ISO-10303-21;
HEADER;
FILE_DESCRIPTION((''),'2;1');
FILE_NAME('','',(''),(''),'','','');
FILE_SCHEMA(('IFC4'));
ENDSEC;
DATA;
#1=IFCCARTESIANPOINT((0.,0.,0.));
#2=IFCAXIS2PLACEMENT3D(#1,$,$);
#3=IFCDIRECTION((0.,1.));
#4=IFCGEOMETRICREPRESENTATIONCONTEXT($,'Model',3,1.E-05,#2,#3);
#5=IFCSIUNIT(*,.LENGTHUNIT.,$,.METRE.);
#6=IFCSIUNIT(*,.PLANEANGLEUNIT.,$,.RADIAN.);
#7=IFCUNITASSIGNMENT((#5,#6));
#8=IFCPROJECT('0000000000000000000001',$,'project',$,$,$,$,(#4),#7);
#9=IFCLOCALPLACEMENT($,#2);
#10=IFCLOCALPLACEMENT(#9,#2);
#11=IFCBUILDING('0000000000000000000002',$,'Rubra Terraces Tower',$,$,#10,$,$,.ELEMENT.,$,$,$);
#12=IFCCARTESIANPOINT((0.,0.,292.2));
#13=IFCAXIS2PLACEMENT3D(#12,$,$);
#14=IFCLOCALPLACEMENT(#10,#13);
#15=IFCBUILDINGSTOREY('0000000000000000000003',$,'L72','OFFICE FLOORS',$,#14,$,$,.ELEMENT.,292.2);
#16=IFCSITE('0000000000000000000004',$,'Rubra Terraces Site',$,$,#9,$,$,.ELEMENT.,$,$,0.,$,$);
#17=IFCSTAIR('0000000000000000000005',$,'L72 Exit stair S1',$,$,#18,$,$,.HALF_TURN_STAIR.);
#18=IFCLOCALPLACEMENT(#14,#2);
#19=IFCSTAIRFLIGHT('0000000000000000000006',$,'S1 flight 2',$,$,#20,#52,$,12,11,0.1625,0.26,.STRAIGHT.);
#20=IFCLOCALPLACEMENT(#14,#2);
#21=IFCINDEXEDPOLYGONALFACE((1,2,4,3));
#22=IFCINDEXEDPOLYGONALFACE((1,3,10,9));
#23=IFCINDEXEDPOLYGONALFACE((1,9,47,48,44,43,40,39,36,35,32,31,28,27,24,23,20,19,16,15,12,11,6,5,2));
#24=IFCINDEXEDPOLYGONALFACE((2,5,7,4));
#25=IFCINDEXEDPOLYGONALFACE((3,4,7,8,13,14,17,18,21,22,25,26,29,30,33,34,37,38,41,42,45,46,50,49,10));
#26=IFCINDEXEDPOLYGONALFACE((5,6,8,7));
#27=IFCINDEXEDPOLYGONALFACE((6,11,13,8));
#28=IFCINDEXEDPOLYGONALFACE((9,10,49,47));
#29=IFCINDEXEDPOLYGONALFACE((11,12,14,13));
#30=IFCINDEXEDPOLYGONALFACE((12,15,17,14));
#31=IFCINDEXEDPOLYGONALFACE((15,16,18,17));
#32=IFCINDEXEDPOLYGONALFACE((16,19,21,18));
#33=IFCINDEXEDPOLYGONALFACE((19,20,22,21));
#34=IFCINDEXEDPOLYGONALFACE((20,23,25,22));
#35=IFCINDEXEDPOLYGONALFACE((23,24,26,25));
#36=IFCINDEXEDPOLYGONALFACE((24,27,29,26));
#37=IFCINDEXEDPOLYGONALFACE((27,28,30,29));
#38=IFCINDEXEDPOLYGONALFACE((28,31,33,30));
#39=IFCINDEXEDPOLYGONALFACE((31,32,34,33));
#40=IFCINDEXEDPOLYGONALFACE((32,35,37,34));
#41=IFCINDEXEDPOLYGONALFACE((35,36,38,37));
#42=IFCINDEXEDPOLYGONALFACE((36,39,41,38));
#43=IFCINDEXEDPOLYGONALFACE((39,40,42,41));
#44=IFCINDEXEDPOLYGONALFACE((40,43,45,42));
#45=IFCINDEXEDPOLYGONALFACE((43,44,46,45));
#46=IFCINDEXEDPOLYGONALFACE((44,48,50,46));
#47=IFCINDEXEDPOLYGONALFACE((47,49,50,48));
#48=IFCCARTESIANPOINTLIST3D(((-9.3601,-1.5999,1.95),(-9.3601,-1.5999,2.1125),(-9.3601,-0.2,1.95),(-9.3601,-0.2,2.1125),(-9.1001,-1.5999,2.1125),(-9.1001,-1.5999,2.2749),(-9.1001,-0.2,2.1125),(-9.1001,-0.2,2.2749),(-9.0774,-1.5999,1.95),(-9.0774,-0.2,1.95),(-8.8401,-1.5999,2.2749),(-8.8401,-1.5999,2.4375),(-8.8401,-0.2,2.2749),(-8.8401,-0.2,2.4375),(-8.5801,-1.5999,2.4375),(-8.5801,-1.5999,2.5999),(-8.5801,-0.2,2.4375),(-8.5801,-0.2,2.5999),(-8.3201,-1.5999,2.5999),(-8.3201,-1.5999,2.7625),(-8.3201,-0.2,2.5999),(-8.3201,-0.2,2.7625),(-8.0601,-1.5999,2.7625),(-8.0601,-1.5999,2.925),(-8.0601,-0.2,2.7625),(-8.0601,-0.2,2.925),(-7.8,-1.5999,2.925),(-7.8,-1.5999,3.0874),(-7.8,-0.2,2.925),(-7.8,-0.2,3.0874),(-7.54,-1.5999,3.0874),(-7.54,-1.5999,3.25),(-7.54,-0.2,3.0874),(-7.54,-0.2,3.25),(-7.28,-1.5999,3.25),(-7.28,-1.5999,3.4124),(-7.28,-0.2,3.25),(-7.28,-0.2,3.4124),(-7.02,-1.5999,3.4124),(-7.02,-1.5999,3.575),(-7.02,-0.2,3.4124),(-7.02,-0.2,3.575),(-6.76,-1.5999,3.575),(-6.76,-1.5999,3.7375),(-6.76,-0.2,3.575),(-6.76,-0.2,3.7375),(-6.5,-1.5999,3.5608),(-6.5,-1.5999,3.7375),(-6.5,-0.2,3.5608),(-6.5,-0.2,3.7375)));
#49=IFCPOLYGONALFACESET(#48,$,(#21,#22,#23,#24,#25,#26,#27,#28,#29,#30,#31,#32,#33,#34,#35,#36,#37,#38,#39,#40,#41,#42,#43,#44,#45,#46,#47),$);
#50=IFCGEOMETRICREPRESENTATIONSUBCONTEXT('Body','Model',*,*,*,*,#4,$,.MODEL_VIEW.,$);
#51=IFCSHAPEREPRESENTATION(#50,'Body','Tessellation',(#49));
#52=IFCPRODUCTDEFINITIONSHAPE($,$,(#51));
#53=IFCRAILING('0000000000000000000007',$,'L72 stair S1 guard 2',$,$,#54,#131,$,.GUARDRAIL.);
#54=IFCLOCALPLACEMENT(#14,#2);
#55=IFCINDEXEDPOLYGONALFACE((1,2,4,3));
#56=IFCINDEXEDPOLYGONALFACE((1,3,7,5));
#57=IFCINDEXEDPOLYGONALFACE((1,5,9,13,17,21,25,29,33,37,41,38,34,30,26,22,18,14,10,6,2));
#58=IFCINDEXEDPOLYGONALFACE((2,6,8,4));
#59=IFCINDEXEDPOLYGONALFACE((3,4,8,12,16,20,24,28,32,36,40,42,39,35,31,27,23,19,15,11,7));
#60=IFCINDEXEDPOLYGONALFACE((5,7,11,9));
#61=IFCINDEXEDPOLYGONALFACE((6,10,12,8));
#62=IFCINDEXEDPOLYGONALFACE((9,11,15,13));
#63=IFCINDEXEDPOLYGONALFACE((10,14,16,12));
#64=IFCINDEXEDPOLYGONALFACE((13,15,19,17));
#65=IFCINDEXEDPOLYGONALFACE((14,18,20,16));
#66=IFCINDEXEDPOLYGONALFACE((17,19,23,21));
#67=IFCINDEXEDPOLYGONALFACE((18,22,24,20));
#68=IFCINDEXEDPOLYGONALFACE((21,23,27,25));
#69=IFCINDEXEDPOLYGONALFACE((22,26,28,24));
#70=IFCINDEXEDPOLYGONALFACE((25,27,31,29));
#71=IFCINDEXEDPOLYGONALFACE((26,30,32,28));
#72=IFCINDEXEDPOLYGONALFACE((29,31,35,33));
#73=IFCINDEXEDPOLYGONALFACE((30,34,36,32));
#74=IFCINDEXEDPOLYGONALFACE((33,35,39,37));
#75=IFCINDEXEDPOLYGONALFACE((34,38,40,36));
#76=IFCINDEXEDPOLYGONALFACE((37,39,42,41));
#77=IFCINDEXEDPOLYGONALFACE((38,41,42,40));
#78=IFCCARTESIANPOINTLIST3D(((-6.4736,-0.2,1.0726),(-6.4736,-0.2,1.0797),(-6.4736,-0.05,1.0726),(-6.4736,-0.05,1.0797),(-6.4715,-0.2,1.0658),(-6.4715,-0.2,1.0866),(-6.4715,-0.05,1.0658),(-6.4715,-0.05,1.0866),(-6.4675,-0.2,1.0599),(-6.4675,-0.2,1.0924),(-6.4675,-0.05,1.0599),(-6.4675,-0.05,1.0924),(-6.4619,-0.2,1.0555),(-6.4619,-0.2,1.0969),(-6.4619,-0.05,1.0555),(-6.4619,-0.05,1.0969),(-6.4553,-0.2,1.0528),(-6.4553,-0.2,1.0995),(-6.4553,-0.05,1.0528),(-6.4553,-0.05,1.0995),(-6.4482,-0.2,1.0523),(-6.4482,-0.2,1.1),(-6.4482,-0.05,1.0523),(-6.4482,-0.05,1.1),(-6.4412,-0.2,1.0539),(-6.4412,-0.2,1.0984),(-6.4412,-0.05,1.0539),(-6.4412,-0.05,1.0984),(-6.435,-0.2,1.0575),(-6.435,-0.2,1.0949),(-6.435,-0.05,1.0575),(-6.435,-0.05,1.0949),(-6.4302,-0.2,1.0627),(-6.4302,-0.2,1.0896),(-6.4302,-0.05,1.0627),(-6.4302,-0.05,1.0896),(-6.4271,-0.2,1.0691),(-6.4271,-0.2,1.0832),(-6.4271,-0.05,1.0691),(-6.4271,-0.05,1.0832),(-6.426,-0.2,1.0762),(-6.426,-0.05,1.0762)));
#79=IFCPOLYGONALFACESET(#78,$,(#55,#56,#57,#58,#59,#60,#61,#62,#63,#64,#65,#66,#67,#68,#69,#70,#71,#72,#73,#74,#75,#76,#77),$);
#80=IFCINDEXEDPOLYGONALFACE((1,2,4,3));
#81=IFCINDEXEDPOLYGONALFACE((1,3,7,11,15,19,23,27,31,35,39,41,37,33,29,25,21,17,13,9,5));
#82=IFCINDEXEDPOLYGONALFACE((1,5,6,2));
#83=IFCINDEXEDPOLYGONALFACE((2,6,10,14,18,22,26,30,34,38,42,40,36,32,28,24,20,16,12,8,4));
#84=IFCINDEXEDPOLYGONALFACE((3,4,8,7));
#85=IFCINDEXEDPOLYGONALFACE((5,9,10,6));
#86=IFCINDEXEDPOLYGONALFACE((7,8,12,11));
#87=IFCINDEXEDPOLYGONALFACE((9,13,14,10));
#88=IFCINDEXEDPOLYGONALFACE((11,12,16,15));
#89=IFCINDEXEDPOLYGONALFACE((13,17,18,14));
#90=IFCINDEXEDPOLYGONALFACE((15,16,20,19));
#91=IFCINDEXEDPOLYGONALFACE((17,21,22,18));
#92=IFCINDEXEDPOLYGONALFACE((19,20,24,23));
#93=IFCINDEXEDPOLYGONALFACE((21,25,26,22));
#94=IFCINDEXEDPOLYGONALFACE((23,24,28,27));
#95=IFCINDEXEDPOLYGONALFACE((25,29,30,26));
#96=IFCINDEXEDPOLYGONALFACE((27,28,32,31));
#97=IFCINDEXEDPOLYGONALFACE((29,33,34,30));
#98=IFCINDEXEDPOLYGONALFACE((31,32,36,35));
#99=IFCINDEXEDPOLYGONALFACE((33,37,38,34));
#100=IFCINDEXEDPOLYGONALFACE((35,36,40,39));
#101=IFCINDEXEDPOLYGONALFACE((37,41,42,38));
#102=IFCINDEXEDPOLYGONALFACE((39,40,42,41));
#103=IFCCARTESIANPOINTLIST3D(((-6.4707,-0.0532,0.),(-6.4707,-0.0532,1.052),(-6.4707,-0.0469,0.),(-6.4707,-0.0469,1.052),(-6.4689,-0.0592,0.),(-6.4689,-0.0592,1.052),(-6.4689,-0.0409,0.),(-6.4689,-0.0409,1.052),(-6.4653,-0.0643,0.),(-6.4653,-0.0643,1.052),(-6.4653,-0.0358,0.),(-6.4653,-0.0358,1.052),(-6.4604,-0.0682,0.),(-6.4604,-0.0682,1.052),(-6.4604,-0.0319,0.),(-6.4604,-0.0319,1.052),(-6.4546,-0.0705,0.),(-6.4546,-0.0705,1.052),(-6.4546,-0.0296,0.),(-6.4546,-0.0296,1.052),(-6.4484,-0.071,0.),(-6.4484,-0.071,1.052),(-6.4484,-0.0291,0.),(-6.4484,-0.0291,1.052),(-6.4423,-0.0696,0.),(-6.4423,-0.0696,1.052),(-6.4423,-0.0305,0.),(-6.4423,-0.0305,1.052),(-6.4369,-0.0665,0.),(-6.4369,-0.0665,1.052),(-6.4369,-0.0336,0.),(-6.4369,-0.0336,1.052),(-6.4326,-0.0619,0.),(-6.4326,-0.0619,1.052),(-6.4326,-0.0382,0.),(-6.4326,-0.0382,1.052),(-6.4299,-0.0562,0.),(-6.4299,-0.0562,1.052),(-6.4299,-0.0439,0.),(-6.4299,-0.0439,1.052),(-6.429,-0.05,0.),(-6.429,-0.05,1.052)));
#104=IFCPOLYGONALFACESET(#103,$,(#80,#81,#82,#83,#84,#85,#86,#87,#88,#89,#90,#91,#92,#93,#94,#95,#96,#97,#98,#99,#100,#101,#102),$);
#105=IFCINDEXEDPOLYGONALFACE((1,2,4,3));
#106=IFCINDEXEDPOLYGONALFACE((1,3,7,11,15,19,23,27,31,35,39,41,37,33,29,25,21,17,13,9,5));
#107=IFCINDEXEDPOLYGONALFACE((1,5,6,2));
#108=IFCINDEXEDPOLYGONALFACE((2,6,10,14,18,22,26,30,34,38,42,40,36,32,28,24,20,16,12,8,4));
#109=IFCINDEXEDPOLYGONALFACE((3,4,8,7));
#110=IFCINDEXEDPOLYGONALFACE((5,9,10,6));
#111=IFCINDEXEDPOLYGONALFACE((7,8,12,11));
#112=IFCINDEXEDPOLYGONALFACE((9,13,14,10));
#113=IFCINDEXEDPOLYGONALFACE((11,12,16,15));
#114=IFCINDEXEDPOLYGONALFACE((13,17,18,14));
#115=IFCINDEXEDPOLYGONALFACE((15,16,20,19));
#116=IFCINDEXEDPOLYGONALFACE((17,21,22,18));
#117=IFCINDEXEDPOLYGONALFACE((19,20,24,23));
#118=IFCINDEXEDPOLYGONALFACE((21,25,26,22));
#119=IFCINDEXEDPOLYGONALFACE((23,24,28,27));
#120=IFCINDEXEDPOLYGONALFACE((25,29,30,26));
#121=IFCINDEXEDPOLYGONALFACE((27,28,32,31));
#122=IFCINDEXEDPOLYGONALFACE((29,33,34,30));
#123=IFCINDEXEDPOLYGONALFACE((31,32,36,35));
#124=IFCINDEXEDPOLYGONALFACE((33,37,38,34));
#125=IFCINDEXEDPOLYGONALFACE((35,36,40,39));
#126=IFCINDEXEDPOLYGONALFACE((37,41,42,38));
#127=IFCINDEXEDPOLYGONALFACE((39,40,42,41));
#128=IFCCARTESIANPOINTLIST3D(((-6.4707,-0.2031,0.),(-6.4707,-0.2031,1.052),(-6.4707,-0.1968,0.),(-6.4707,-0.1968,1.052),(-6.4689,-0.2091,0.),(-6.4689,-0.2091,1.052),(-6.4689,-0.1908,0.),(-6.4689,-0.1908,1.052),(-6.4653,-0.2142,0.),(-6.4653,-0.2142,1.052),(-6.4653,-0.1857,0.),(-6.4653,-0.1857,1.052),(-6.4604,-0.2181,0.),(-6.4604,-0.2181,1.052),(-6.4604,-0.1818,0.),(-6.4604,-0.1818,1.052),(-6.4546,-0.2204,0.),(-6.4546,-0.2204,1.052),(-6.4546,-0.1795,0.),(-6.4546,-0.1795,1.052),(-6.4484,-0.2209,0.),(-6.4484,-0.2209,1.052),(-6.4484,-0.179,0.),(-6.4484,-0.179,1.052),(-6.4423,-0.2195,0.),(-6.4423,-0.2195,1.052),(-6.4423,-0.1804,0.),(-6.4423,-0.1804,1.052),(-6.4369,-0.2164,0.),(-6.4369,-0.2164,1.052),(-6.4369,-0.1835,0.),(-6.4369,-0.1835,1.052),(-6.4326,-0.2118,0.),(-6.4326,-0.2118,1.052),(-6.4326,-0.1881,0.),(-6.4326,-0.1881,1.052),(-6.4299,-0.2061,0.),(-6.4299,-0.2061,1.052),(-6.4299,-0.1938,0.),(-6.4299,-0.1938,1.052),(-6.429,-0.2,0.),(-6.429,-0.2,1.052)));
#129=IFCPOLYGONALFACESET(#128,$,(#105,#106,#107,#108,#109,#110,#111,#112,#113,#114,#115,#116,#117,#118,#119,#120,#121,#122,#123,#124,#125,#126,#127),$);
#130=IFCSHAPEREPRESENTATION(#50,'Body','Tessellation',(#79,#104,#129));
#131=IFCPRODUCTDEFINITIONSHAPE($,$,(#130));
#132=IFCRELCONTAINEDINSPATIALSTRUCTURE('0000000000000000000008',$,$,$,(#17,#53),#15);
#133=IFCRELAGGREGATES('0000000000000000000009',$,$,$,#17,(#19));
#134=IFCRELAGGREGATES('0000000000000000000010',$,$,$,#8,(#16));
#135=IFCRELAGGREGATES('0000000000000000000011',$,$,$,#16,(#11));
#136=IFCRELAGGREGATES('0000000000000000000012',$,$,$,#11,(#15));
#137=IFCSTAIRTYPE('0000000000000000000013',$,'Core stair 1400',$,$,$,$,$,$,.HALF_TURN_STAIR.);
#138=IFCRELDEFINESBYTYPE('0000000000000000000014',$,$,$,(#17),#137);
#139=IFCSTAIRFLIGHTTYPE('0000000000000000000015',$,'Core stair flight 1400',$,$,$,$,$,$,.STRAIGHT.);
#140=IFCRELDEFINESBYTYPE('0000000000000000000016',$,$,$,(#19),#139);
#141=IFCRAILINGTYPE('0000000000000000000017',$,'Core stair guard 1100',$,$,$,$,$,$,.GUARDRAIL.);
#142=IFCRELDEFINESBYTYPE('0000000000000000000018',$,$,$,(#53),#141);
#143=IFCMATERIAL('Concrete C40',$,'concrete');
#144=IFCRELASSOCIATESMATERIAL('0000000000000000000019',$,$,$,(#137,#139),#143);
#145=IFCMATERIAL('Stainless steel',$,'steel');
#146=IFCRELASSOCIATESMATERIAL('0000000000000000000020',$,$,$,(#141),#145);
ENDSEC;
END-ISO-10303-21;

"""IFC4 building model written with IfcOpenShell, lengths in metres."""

from ifc_helpers import new_model, si_unit, direction, frame, origin, origin_2d, place, context, subcontext, project, spatial, polyline, circle, outline, extrude, material, type_object, element, aggregate, save


model = new_model("IFC4")

# Units and contexts
model_context = context("Model", 3, precision=1e-05, world=origin(), true_north=direction((0.0, 1.0)))
body_context = subcontext(model_context, "Body", "Model", "MODEL_VIEW")
ifc_project = project(units=[si_unit("LENGTHUNIT", "METRE"), si_unit("PLANEANGLEUNIT", "RADIAN")], contexts=[model_context])

# Site, building, storey
site_placement = place(None, origin())
site = spatial("IfcSite", under=ifc_project, at=site_placement, Name="Rubra Terraces Site", CompositionType="ELEMENT", RefElevation=0.0)
building_placement = place(site_placement, origin())
building = spatial("IfcBuilding", under=site, at=building_placement, Name="Rubra Terraces Tower", CompositionType="ELEMENT")
storey_placement = place(building_placement, frame((0.0, 0.0, 292.2)))
storey = spatial("IfcBuildingStorey", under=building, at=storey_placement, Name="L72", Description="OFFICE FLOORS", CompositionType="ELEMENT", Elevation=292.2)

# Shared definitions
ifc_material_1 = material(Name="Concrete C40", Category="concrete")

# Stair
stair_type = type_object("IfcStairType", Name="Core stair 1400", PredefinedType="HALF_TURN_STAIR", material=ifc_material_1)
stair_1_placement = place(storey_placement, origin())
stair_1 = element("IfcStair", 1, at=stair_1_placement, inside=storey, type_object=stair_type, Name="L72 Exit stair S1", PredefinedType="HALF_TURN_STAIR")

# Stair flight
stair_flight_type = type_object("IfcStairFlightType", Name="Core stair flight 1400", PredefinedType="STRAIGHT", material=ifc_material_1)
stair_flight_placement = place(storey_placement, frame((-9.3601, -0.8999, 1.95), z_axis=(0.0, 0.0, 1.0), x_axis=(1.0, 0.0, 0.0)))
stair_flight = element("IfcStairFlight", 2, at=stair_flight_placement, type_object=stair_flight_type, Name="S1 flight 2", NumberOfRisers=12, NumberOfTreads=11, PredefinedType="STRAIGHT", RiserHeight=0.1625, TreadLength=0.26, context=body_context, shape_type="SweptSolid", body=[
    extrude(outline(polyline([(0.0, 0.0), (0.0, 0.1626), (0.26, 0.1626), (0.26, 0.325), (0.52, 0.325), (0.52, 0.4875), (0.78, 0.4875), (0.78, 0.6499), (1.04, 0.6499), (1.04, 0.8125), (1.3, 0.8125), (1.3, 0.9751), (1.5601, 0.9751), (1.5601, 1.1375), (1.8201, 1.1375), (1.8201, 1.3), (2.0801, 1.3), (2.0801, 1.4624), (2.3401, 1.4624), (2.3401, 1.625), (2.6001, 1.625), (2.6001, 1.7876), (2.8601, 1.7876), (2.8601, 1.95), (2.8601, 1.6108), (0.2827, 0.0), (0.0, 0.0)])), frame((0.0, 0.7, 0.0), z_axis=(0.0, -1.0, 0.0), x_axis=(1.0, 0.0, 0.0)), (0.0, 0.0, 1.0), 1.3999),
])
aggregate(stair_1, [stair_flight])

# Railing
ifc_material_2 = material(Name="Stainless steel", Category="steel")
railing_type = type_object("IfcRailingType", Name="Core stair guard 1100", PredefinedType="GUARDRAIL", material=ifc_material_2)
railing_1_placement = place(storey_placement, frame((-6.45, -0.05, 0.0)))
element("IfcRailing", 3, at=railing_1_placement, inside=storey, type_object=railing_type, Name="L72 stair S1 guard 2", PredefinedType="GUARDRAIL", context=body_context, shape_type="SweptSolid", body=[
    extrude(circle(Radius=0.0239, at=origin_2d()), frame((0.0, 0.0, 1.0762), z_axis=(0.0, -1.0, 0.0), x_axis=(1.0, 0.0, 0.0)), (0.0, 0.0, 1.0), 0.1499),
    extrude(circle(Radius=0.021, at=origin_2d()), origin(), (0.0, 0.0, 1.0), 1.052),
    extrude(circle(Radius=0.021, at=origin_2d()), frame((0.0, -0.1499, 0.0)), (0.0, 0.0, 1.0), 1.052),
])

save(model, "model.ifc")
